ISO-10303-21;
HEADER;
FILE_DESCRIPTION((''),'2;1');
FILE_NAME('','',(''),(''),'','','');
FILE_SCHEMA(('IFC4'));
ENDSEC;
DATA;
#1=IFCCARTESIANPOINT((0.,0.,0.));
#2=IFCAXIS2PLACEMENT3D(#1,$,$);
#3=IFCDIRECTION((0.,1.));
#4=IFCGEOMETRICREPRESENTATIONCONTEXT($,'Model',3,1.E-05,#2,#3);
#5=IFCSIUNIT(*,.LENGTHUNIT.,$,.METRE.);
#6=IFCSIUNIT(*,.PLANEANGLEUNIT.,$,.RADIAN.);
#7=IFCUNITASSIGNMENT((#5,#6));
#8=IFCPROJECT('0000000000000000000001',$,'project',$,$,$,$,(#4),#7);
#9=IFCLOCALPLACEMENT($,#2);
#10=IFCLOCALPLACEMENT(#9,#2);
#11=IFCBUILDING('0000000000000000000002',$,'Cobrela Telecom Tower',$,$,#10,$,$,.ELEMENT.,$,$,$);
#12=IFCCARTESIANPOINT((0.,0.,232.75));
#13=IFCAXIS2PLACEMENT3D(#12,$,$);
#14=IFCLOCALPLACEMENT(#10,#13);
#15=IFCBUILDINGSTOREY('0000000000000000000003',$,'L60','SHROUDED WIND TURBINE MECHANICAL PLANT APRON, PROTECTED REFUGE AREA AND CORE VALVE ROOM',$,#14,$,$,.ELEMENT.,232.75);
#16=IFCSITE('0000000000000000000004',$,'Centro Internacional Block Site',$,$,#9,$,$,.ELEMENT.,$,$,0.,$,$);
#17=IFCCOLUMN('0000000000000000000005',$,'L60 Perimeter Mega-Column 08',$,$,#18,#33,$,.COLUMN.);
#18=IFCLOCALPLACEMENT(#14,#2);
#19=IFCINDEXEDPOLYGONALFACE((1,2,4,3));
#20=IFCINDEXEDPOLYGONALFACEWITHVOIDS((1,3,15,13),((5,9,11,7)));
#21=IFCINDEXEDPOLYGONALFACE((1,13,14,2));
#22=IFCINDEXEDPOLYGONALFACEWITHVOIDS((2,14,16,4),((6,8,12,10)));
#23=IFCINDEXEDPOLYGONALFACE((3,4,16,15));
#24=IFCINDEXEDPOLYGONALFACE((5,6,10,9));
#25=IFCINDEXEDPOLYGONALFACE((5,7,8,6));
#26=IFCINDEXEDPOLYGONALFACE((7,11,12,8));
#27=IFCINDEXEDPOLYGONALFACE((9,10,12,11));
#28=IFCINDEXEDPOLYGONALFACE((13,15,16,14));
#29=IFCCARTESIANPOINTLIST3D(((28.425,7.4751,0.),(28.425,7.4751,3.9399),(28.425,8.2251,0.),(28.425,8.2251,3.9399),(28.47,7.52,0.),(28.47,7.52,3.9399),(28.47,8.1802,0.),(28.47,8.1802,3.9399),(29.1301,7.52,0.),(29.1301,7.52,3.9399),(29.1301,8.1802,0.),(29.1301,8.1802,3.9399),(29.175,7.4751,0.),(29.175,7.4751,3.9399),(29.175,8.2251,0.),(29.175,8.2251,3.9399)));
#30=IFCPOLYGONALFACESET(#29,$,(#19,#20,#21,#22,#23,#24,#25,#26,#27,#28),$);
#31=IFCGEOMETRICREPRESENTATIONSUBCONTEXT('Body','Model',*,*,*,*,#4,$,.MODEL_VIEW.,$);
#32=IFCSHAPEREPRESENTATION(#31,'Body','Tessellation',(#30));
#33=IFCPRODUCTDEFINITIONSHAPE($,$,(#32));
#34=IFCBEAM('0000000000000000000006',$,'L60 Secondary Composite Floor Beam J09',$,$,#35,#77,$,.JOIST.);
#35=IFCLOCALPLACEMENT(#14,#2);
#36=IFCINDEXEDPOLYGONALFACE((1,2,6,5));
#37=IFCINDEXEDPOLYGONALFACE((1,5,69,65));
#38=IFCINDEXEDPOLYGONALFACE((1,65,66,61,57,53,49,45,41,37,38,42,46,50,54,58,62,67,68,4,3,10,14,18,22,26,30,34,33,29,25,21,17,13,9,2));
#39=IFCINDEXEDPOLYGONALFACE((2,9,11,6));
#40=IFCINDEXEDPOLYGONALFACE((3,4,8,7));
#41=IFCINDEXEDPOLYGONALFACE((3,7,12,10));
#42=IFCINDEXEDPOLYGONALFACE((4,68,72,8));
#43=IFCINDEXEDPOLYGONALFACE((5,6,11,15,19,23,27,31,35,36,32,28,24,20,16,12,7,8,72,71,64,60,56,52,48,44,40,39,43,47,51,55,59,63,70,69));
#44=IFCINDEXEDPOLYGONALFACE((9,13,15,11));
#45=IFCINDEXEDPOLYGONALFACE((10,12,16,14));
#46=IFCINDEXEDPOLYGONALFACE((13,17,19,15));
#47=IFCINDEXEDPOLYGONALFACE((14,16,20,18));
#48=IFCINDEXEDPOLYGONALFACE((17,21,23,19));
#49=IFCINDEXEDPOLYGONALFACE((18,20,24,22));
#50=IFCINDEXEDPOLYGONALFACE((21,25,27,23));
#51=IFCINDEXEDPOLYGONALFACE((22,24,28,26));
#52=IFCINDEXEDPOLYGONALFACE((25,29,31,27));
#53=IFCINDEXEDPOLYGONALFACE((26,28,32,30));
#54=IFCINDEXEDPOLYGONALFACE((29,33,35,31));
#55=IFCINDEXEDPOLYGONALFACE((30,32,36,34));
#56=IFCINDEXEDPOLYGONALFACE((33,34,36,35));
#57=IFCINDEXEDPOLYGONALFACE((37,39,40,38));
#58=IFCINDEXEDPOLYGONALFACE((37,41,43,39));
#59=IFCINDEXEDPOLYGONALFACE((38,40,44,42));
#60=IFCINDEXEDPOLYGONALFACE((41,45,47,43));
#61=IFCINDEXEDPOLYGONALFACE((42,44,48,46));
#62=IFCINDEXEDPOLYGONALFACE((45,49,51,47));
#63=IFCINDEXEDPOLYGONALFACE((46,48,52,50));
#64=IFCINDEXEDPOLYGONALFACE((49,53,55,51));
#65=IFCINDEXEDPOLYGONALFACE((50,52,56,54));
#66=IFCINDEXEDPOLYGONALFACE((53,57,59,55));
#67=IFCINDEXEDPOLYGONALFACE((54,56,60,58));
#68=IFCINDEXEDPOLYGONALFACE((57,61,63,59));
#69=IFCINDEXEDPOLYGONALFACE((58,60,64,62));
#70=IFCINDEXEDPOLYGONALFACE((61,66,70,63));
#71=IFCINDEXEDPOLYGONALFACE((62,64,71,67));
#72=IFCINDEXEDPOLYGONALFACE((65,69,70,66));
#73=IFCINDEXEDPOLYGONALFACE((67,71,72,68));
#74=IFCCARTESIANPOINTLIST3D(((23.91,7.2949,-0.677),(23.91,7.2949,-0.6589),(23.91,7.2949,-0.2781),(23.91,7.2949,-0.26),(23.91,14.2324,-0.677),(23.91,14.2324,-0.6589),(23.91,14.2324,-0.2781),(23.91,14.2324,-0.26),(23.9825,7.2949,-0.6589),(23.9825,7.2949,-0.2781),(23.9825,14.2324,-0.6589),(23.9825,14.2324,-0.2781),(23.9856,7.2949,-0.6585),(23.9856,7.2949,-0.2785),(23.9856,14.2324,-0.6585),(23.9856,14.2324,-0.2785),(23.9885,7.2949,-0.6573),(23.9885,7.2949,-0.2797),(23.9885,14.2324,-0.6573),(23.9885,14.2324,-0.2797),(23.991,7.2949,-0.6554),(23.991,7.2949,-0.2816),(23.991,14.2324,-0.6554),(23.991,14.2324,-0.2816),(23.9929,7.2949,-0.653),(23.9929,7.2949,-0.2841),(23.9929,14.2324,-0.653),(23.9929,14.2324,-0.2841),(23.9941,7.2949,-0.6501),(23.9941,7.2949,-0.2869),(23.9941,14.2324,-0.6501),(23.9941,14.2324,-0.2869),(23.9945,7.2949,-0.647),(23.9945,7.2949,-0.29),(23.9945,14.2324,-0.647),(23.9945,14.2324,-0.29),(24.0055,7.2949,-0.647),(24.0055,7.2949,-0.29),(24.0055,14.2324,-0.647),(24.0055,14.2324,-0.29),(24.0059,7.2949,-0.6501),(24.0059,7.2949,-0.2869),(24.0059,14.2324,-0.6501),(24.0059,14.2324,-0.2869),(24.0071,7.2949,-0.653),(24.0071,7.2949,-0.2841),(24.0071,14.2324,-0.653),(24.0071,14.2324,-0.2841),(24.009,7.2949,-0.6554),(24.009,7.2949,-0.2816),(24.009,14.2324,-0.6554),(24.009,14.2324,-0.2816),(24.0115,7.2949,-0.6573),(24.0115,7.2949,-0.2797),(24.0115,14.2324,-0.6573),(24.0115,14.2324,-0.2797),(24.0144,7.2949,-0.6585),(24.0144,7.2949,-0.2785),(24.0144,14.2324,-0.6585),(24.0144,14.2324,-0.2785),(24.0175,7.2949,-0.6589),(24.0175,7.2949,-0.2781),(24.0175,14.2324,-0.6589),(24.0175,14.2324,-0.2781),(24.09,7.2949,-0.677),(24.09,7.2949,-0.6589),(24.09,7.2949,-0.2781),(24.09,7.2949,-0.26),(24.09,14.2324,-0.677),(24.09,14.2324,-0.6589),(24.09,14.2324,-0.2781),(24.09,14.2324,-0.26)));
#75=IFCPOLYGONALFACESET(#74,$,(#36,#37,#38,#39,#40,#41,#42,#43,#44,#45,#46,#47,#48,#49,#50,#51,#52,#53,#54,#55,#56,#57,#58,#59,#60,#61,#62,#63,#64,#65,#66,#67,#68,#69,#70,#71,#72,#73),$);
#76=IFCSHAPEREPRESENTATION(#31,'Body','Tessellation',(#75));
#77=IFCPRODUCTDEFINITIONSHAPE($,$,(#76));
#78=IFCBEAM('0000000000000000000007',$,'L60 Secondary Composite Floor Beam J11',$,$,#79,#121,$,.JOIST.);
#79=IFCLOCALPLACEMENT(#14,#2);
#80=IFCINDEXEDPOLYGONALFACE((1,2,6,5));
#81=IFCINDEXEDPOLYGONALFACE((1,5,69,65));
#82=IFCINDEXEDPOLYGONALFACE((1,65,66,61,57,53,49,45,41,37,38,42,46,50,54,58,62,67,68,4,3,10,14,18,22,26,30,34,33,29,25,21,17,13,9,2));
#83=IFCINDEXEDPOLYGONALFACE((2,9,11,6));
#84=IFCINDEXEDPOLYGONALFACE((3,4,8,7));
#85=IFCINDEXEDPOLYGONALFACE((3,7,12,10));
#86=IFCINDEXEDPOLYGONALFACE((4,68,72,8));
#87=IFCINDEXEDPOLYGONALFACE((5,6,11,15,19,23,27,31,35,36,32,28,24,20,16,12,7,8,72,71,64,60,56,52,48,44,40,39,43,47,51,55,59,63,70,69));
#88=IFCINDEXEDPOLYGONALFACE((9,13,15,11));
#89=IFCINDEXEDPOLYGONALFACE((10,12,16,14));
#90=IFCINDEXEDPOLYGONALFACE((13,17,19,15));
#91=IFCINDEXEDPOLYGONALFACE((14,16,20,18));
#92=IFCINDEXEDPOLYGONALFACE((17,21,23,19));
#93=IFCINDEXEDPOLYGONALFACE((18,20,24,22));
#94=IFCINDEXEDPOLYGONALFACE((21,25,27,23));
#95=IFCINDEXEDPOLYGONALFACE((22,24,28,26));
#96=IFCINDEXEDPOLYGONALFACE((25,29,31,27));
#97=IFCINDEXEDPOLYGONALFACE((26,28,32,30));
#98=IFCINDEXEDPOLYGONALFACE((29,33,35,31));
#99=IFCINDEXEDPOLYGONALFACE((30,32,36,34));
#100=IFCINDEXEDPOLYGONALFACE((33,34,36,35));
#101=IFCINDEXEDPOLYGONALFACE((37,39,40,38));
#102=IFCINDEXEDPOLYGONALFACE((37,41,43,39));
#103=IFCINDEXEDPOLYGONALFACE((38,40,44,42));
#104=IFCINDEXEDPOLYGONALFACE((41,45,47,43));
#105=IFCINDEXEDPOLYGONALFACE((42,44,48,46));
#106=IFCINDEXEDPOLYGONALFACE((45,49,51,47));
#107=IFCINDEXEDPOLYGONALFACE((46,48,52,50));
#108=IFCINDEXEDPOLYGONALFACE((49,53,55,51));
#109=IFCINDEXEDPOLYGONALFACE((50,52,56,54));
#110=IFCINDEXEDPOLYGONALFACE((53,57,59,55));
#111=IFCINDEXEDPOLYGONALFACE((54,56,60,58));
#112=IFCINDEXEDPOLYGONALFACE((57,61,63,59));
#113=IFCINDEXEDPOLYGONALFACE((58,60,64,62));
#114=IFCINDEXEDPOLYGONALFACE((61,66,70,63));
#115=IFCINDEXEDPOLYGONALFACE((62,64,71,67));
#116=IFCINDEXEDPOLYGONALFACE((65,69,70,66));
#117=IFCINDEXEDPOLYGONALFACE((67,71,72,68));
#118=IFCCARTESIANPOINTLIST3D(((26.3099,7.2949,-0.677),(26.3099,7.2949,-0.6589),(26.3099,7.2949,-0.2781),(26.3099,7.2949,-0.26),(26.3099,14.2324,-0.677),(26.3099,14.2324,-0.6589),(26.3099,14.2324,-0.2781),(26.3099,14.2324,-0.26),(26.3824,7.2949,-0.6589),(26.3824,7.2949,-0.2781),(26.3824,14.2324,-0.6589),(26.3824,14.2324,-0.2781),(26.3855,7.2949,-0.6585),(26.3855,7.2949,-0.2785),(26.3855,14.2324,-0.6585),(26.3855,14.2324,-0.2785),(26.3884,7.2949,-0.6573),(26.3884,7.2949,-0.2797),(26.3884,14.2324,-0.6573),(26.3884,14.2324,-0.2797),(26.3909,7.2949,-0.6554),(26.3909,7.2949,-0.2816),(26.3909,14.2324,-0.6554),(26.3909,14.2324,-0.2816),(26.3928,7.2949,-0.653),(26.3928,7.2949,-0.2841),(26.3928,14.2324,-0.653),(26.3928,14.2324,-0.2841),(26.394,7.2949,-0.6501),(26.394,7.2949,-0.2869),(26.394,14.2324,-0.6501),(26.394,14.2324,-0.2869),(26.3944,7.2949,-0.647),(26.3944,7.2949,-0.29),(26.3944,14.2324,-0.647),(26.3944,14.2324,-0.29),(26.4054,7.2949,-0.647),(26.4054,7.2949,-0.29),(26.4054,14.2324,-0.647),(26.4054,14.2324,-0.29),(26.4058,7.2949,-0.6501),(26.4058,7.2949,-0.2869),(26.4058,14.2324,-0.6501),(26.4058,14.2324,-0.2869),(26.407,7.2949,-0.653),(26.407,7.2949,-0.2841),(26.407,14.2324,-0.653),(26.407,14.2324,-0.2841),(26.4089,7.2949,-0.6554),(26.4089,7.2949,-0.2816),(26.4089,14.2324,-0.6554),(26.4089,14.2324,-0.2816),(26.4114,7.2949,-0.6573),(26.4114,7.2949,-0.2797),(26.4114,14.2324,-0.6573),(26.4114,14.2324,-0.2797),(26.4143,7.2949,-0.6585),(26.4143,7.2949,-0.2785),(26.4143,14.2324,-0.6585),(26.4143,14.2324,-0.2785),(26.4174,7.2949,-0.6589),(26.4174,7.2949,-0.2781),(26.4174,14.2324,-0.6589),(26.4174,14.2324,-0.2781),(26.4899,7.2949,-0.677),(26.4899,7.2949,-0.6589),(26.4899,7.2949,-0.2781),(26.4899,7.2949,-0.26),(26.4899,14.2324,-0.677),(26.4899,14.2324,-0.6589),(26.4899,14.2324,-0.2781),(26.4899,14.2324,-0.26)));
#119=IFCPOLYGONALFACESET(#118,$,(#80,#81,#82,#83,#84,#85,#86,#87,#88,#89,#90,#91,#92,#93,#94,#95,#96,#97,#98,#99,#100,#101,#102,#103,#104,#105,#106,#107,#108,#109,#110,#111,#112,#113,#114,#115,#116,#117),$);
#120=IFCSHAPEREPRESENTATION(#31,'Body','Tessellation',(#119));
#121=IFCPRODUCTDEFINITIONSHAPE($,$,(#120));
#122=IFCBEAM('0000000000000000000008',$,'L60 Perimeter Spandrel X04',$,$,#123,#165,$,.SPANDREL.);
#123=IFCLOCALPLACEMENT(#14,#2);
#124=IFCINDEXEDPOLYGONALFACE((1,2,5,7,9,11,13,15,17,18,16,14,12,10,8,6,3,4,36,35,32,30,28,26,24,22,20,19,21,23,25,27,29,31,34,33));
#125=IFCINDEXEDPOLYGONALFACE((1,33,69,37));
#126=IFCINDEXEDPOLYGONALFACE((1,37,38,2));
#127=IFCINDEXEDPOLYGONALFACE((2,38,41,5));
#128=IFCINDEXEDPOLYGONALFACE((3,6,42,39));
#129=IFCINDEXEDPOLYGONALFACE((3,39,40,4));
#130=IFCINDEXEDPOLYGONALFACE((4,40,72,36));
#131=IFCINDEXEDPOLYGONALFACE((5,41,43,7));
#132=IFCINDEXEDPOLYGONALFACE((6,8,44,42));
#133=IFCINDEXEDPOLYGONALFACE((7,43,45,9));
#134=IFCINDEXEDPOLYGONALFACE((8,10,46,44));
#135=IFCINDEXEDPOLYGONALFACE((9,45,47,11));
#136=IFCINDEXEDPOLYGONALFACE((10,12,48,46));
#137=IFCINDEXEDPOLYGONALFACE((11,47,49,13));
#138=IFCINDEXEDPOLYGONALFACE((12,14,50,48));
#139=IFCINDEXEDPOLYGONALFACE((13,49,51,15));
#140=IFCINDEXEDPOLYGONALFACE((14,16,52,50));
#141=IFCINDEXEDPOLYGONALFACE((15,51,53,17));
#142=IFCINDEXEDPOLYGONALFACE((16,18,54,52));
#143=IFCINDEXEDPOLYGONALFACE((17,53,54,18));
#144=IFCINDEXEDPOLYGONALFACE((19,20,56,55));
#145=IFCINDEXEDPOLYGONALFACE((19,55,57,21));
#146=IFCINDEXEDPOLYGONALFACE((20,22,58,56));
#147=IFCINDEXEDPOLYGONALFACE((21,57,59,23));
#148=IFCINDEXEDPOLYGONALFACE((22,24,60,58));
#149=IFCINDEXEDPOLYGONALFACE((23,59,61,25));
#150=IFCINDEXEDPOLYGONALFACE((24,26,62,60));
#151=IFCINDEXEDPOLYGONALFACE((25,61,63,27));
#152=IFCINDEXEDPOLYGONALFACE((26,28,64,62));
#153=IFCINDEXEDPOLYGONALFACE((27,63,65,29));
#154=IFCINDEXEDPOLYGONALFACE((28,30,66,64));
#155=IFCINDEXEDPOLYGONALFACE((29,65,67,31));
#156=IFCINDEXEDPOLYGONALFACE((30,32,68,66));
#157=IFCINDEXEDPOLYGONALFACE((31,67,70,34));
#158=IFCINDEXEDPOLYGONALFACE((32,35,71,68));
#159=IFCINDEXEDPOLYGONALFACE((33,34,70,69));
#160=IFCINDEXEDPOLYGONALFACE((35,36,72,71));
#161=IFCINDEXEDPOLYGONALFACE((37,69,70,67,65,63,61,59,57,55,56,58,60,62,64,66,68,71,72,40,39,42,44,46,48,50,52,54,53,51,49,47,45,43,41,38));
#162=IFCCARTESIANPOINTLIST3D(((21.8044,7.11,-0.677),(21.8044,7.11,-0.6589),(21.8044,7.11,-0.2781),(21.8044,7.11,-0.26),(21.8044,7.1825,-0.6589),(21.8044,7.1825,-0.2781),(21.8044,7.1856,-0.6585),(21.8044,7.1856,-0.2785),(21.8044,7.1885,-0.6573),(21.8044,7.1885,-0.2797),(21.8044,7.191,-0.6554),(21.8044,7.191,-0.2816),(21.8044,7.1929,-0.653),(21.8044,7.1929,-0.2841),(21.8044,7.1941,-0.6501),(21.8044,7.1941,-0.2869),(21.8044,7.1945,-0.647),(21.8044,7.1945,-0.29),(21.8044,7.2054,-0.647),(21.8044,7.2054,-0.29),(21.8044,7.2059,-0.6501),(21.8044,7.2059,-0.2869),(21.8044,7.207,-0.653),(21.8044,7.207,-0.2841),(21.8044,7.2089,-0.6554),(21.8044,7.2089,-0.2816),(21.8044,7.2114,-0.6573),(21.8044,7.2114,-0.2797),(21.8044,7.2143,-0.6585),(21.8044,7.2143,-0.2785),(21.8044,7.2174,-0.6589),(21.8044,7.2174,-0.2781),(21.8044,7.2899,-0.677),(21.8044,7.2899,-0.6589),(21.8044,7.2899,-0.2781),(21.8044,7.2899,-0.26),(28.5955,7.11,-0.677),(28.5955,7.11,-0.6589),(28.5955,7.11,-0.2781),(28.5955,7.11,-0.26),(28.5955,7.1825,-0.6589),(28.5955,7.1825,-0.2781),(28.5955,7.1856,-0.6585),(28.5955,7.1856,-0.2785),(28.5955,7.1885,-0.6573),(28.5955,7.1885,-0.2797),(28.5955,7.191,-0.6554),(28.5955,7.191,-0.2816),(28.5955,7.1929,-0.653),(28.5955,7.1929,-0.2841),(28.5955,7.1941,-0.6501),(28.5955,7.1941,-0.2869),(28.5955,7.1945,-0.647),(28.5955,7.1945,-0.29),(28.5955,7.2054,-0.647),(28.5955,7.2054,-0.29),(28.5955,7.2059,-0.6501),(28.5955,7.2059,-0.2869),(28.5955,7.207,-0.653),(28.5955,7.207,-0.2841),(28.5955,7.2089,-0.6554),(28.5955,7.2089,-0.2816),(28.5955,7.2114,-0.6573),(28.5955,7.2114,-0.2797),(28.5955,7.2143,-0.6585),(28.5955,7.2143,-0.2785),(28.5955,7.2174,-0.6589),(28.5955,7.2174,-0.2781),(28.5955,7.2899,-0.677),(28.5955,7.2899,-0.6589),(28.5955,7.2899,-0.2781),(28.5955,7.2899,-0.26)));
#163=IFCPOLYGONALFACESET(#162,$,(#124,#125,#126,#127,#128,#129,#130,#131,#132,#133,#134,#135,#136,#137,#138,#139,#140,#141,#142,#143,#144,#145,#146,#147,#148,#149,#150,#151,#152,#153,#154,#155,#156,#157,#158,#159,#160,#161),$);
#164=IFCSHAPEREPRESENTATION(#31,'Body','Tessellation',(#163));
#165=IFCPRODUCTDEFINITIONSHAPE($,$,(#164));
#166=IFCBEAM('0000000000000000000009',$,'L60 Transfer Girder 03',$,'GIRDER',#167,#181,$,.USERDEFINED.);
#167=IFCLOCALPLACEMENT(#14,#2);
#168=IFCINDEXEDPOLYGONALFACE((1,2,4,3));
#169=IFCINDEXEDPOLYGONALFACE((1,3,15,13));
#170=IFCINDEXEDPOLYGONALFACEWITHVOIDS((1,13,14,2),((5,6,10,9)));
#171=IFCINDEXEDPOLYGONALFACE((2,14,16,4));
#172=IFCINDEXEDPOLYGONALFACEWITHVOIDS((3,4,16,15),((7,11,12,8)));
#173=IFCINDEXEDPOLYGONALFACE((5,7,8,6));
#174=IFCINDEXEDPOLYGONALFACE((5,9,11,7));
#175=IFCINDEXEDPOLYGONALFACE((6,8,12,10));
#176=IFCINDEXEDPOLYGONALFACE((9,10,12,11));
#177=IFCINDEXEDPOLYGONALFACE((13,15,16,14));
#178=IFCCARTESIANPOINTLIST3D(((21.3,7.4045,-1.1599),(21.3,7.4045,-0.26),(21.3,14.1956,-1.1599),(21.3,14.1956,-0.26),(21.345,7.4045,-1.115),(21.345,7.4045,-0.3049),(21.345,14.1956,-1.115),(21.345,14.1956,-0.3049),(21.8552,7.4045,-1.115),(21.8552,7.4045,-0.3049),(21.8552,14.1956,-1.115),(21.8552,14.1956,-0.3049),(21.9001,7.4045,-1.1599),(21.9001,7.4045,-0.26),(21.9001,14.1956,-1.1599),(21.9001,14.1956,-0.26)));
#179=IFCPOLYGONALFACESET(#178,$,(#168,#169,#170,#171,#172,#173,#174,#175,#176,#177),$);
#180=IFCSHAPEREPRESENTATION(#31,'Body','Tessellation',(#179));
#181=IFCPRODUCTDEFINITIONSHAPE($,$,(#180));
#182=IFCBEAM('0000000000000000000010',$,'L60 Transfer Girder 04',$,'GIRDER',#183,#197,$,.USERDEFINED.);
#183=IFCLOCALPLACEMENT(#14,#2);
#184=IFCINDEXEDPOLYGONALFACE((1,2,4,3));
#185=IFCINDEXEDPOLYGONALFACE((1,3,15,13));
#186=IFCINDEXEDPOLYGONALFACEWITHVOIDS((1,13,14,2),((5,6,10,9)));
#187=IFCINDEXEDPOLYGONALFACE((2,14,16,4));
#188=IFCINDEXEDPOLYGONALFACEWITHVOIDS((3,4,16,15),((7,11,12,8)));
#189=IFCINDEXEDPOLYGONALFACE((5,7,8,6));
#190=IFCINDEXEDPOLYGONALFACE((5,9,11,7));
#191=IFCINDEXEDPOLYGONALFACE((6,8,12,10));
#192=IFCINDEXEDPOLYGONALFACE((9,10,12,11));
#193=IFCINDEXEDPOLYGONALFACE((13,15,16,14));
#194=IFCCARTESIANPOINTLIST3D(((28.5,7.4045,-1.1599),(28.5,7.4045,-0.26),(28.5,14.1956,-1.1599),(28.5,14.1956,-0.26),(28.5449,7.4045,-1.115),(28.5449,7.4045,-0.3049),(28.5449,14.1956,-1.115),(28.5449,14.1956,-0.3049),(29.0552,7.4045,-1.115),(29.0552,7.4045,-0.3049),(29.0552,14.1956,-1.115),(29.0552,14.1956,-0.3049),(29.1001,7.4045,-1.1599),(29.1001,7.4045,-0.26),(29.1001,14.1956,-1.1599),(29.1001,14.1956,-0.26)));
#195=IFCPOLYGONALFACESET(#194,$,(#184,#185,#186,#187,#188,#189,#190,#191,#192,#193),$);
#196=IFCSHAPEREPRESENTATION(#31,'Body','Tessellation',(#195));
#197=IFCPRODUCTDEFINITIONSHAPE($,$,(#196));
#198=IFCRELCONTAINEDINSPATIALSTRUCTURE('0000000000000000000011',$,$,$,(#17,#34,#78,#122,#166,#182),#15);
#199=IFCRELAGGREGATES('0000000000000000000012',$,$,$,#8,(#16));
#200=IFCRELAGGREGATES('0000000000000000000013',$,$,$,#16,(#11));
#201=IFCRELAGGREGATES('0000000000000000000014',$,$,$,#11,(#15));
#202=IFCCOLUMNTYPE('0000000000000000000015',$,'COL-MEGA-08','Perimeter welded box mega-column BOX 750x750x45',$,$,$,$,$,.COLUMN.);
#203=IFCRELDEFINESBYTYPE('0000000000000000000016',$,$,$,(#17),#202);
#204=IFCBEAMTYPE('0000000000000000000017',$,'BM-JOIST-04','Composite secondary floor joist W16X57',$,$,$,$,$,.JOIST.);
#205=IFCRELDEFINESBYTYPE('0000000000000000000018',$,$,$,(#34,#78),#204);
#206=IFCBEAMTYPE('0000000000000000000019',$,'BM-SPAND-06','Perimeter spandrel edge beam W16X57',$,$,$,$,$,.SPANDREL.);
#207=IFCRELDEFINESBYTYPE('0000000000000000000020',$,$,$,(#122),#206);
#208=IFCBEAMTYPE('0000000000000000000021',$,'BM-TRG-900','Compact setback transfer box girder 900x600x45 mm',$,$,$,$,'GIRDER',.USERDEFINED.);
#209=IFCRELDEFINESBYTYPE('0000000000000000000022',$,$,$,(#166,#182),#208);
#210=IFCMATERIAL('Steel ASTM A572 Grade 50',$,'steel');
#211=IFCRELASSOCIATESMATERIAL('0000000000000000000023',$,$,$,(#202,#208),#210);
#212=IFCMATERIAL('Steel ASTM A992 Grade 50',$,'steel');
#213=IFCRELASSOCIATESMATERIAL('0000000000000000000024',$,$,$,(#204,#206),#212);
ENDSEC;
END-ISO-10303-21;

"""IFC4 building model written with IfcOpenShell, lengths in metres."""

from ifc_helpers import new_model, si_unit, direction, frame, origin, origin_2d, place, context, subcontext, project, spatial, hollow_rectangle, i_section, extrude, material, material_profile, profile_set, type_object, element, save


model = new_model("IFC4")

# Units and contexts
model_context = context("Model", 3, precision=1e-05, world=origin(), true_north=direction((0.0, 1.0)))
body_context = subcontext(model_context, "Body", "Model", "MODEL_VIEW")
ifc_project = project(units=[si_unit("LENGTHUNIT", "METRE"), si_unit("PLANEANGLEUNIT", "RADIAN")], contexts=[model_context])

# Site, building, storey
site_placement = place(None, origin())
site = spatial("IfcSite", under=ifc_project, at=site_placement, Name="Centro Internacional Block Site", CompositionType="ELEMENT", RefElevation=0.0)
building_placement = place(site_placement, origin())
building = spatial("IfcBuilding", under=site, at=building_placement, Name="Cobrela Telecom Tower", CompositionType="ELEMENT")
storey_placement = place(building_placement, frame((0.0, 0.0, 232.75)))
storey = spatial("IfcBuildingStorey", under=building, at=storey_placement, Name="L60", Description="SHROUDED WIND TURBINE MECHANICAL PLANT APRON, PROTECTED REFUGE AREA AND CORE VALVE ROOM", CompositionType="ELEMENT", Elevation=232.75)

# Column
ifc_material_1 = material(Name="Steel ASTM A572 Grade 50", Category="steel")
ifc_material_profile_1 = material_profile(ifc_material_1, hollow_rectangle(XDim=0.75, YDim=0.75, WallThickness=0.0449, at=origin_2d()), Name="BOX 750x750x45")
ifc_profile_set_1 = profile_set([ifc_material_profile_1], Name="Steel ASTM A572 Grade 50")
column_type = type_object("IfcColumnType", Name="COL-MEGA-08", Description="Perimeter welded box mega-column BOX 750x750x45", PredefinedType="COLUMN", material=ifc_profile_set_1)
column_placement = place(storey_placement, frame((28.8, 7.8501, 0.0), z_axis=(0.0, 0.0, 1.0), x_axis=(1.0, 0.0, 0.0)))
element("IfcColumn", 1, at=column_placement, inside=storey, type_object=column_type, Name="L60 Perimeter Mega-Column 08", PredefinedType="COLUMN", context=body_context, shape_type="SweptSolid", body=[
    extrude(hollow_rectangle(XDim=0.75, YDim=0.75, WallThickness=0.0449, at=origin_2d()), origin(), (0.0, 0.0, 1.0), 3.9399),
])

# Beams
ifc_material_2 = material(Name="Steel ASTM A992 Grade 50", Category="steel")
ifc_material_profile_2 = material_profile(ifc_material_2, i_section(OverallWidth=0.1799, OverallDepth=0.417, WebThickness=0.011, FlangeThickness=0.0181, FilletRadius=0.012, at=origin_2d()), Name="W16X57")
ifc_profile_set_2 = profile_set([ifc_material_profile_2], Name="Steel ASTM A992 Grade 50")
beam_type_1 = type_object("IfcBeamType", Name="BM-JOIST-04", Description="Composite secondary floor joist W16X57", PredefinedType="JOIST", material=ifc_profile_set_2)
for number, where, z_axis, x_axis, name in (
    (2, (24.0, 7.2949, -0.4685), (0.0, 1.0, 0.0), (-1.0, 0.0, 0.0), "L60 Secondary Composite Floor Beam J09"),
    (3, (26.3999, 7.2949, -0.4685), (0.0, 1.0, 0.0), (-1.0, 0.0, 0.0), "L60 Secondary Composite Floor Beam J11"),
):
    element("IfcBeam", number, at=place(storey_placement, frame(where, z_axis=z_axis, x_axis=x_axis)), inside=storey, type_object=beam_type_1, Name=name, PredefinedType="JOIST", context=body_context, shape_type="SweptSolid", body=[
        extrude(i_section(OverallWidth=0.1799, OverallDepth=0.417, WebThickness=0.011, FlangeThickness=0.0181, FilletRadius=0.012, at=origin_2d()), origin(), (0.0, 0.0, 1.0), 6.9375),
    ])
ifc_material_profile_3 = material_profile(ifc_material_2, i_section(OverallWidth=0.1799, OverallDepth=0.417, WebThickness=0.011, FlangeThickness=0.0181, FilletRadius=0.012, at=origin_2d()), Name="W16X57")
ifc_profile_set_3 = profile_set([ifc_material_profile_3], Name="Steel ASTM A992 Grade 50")
beam_type_2 = type_object("IfcBeamType", Name="BM-SPAND-06", Description="Perimeter spandrel edge beam W16X57", PredefinedType="SPANDREL", material=ifc_profile_set_3)
beam_placement = place(storey_placement, frame((21.8044, 7.2, -0.4685), z_axis=(1.0, 0.0, 0.0), x_axis=(0.0, 1.0, 0.0)))
element("IfcBeam", 4, at=beam_placement, inside=storey, type_object=beam_type_2, Name="L60 Perimeter Spandrel X04", PredefinedType="SPANDREL", context=body_context, shape_type="SweptSolid", body=[
    extrude(i_section(OverallWidth=0.1799, OverallDepth=0.417, WebThickness=0.011, FlangeThickness=0.0181, FilletRadius=0.012, at=origin_2d()), origin(), (0.0, 0.0, 1.0), 6.791),
])
ifc_material_profile_4 = material_profile(ifc_material_1, hollow_rectangle(XDim=0.6001, YDim=0.8999, WallThickness=0.0449, at=origin_2d()), Name="BOX 900x600x45")
ifc_profile_set_4 = profile_set([ifc_material_profile_4], Name="Steel ASTM A572 Grade 50")
beam_type_3 = type_object("IfcBeamType", Name="BM-TRG-900", Description="Compact setback transfer box girder 900x600x45 mm", ElementType="GIRDER", PredefinedType="USERDEFINED", material=ifc_profile_set_4)
for number, where, z_axis, x_axis, name in (
    (5, (21.6001, 7.4045, -0.71), (0.0, 1.0, 0.0), (-1.0, 0.0, 0.0), "L60 Transfer Girder 03"),
    (6, (28.8, 7.4045, -0.71), (0.0, 1.0, 0.0), (-1.0, 0.0, 0.0), "L60 Transfer Girder 04"),
):
    element("IfcBeam", number, at=place(storey_placement, frame(where, z_axis=z_axis, x_axis=x_axis)), inside=storey, type_object=beam_type_3, Name=name, ObjectType="GIRDER", PredefinedType="USERDEFINED", context=body_context, shape_type="SweptSolid", body=[
        extrude(hollow_rectangle(XDim=0.6001, YDim=0.8999, WallThickness=0.0449, at=origin_2d()), origin(), (0.0, 0.0, 1.0), 6.791),
    ])

save(model, "model.ifc")
